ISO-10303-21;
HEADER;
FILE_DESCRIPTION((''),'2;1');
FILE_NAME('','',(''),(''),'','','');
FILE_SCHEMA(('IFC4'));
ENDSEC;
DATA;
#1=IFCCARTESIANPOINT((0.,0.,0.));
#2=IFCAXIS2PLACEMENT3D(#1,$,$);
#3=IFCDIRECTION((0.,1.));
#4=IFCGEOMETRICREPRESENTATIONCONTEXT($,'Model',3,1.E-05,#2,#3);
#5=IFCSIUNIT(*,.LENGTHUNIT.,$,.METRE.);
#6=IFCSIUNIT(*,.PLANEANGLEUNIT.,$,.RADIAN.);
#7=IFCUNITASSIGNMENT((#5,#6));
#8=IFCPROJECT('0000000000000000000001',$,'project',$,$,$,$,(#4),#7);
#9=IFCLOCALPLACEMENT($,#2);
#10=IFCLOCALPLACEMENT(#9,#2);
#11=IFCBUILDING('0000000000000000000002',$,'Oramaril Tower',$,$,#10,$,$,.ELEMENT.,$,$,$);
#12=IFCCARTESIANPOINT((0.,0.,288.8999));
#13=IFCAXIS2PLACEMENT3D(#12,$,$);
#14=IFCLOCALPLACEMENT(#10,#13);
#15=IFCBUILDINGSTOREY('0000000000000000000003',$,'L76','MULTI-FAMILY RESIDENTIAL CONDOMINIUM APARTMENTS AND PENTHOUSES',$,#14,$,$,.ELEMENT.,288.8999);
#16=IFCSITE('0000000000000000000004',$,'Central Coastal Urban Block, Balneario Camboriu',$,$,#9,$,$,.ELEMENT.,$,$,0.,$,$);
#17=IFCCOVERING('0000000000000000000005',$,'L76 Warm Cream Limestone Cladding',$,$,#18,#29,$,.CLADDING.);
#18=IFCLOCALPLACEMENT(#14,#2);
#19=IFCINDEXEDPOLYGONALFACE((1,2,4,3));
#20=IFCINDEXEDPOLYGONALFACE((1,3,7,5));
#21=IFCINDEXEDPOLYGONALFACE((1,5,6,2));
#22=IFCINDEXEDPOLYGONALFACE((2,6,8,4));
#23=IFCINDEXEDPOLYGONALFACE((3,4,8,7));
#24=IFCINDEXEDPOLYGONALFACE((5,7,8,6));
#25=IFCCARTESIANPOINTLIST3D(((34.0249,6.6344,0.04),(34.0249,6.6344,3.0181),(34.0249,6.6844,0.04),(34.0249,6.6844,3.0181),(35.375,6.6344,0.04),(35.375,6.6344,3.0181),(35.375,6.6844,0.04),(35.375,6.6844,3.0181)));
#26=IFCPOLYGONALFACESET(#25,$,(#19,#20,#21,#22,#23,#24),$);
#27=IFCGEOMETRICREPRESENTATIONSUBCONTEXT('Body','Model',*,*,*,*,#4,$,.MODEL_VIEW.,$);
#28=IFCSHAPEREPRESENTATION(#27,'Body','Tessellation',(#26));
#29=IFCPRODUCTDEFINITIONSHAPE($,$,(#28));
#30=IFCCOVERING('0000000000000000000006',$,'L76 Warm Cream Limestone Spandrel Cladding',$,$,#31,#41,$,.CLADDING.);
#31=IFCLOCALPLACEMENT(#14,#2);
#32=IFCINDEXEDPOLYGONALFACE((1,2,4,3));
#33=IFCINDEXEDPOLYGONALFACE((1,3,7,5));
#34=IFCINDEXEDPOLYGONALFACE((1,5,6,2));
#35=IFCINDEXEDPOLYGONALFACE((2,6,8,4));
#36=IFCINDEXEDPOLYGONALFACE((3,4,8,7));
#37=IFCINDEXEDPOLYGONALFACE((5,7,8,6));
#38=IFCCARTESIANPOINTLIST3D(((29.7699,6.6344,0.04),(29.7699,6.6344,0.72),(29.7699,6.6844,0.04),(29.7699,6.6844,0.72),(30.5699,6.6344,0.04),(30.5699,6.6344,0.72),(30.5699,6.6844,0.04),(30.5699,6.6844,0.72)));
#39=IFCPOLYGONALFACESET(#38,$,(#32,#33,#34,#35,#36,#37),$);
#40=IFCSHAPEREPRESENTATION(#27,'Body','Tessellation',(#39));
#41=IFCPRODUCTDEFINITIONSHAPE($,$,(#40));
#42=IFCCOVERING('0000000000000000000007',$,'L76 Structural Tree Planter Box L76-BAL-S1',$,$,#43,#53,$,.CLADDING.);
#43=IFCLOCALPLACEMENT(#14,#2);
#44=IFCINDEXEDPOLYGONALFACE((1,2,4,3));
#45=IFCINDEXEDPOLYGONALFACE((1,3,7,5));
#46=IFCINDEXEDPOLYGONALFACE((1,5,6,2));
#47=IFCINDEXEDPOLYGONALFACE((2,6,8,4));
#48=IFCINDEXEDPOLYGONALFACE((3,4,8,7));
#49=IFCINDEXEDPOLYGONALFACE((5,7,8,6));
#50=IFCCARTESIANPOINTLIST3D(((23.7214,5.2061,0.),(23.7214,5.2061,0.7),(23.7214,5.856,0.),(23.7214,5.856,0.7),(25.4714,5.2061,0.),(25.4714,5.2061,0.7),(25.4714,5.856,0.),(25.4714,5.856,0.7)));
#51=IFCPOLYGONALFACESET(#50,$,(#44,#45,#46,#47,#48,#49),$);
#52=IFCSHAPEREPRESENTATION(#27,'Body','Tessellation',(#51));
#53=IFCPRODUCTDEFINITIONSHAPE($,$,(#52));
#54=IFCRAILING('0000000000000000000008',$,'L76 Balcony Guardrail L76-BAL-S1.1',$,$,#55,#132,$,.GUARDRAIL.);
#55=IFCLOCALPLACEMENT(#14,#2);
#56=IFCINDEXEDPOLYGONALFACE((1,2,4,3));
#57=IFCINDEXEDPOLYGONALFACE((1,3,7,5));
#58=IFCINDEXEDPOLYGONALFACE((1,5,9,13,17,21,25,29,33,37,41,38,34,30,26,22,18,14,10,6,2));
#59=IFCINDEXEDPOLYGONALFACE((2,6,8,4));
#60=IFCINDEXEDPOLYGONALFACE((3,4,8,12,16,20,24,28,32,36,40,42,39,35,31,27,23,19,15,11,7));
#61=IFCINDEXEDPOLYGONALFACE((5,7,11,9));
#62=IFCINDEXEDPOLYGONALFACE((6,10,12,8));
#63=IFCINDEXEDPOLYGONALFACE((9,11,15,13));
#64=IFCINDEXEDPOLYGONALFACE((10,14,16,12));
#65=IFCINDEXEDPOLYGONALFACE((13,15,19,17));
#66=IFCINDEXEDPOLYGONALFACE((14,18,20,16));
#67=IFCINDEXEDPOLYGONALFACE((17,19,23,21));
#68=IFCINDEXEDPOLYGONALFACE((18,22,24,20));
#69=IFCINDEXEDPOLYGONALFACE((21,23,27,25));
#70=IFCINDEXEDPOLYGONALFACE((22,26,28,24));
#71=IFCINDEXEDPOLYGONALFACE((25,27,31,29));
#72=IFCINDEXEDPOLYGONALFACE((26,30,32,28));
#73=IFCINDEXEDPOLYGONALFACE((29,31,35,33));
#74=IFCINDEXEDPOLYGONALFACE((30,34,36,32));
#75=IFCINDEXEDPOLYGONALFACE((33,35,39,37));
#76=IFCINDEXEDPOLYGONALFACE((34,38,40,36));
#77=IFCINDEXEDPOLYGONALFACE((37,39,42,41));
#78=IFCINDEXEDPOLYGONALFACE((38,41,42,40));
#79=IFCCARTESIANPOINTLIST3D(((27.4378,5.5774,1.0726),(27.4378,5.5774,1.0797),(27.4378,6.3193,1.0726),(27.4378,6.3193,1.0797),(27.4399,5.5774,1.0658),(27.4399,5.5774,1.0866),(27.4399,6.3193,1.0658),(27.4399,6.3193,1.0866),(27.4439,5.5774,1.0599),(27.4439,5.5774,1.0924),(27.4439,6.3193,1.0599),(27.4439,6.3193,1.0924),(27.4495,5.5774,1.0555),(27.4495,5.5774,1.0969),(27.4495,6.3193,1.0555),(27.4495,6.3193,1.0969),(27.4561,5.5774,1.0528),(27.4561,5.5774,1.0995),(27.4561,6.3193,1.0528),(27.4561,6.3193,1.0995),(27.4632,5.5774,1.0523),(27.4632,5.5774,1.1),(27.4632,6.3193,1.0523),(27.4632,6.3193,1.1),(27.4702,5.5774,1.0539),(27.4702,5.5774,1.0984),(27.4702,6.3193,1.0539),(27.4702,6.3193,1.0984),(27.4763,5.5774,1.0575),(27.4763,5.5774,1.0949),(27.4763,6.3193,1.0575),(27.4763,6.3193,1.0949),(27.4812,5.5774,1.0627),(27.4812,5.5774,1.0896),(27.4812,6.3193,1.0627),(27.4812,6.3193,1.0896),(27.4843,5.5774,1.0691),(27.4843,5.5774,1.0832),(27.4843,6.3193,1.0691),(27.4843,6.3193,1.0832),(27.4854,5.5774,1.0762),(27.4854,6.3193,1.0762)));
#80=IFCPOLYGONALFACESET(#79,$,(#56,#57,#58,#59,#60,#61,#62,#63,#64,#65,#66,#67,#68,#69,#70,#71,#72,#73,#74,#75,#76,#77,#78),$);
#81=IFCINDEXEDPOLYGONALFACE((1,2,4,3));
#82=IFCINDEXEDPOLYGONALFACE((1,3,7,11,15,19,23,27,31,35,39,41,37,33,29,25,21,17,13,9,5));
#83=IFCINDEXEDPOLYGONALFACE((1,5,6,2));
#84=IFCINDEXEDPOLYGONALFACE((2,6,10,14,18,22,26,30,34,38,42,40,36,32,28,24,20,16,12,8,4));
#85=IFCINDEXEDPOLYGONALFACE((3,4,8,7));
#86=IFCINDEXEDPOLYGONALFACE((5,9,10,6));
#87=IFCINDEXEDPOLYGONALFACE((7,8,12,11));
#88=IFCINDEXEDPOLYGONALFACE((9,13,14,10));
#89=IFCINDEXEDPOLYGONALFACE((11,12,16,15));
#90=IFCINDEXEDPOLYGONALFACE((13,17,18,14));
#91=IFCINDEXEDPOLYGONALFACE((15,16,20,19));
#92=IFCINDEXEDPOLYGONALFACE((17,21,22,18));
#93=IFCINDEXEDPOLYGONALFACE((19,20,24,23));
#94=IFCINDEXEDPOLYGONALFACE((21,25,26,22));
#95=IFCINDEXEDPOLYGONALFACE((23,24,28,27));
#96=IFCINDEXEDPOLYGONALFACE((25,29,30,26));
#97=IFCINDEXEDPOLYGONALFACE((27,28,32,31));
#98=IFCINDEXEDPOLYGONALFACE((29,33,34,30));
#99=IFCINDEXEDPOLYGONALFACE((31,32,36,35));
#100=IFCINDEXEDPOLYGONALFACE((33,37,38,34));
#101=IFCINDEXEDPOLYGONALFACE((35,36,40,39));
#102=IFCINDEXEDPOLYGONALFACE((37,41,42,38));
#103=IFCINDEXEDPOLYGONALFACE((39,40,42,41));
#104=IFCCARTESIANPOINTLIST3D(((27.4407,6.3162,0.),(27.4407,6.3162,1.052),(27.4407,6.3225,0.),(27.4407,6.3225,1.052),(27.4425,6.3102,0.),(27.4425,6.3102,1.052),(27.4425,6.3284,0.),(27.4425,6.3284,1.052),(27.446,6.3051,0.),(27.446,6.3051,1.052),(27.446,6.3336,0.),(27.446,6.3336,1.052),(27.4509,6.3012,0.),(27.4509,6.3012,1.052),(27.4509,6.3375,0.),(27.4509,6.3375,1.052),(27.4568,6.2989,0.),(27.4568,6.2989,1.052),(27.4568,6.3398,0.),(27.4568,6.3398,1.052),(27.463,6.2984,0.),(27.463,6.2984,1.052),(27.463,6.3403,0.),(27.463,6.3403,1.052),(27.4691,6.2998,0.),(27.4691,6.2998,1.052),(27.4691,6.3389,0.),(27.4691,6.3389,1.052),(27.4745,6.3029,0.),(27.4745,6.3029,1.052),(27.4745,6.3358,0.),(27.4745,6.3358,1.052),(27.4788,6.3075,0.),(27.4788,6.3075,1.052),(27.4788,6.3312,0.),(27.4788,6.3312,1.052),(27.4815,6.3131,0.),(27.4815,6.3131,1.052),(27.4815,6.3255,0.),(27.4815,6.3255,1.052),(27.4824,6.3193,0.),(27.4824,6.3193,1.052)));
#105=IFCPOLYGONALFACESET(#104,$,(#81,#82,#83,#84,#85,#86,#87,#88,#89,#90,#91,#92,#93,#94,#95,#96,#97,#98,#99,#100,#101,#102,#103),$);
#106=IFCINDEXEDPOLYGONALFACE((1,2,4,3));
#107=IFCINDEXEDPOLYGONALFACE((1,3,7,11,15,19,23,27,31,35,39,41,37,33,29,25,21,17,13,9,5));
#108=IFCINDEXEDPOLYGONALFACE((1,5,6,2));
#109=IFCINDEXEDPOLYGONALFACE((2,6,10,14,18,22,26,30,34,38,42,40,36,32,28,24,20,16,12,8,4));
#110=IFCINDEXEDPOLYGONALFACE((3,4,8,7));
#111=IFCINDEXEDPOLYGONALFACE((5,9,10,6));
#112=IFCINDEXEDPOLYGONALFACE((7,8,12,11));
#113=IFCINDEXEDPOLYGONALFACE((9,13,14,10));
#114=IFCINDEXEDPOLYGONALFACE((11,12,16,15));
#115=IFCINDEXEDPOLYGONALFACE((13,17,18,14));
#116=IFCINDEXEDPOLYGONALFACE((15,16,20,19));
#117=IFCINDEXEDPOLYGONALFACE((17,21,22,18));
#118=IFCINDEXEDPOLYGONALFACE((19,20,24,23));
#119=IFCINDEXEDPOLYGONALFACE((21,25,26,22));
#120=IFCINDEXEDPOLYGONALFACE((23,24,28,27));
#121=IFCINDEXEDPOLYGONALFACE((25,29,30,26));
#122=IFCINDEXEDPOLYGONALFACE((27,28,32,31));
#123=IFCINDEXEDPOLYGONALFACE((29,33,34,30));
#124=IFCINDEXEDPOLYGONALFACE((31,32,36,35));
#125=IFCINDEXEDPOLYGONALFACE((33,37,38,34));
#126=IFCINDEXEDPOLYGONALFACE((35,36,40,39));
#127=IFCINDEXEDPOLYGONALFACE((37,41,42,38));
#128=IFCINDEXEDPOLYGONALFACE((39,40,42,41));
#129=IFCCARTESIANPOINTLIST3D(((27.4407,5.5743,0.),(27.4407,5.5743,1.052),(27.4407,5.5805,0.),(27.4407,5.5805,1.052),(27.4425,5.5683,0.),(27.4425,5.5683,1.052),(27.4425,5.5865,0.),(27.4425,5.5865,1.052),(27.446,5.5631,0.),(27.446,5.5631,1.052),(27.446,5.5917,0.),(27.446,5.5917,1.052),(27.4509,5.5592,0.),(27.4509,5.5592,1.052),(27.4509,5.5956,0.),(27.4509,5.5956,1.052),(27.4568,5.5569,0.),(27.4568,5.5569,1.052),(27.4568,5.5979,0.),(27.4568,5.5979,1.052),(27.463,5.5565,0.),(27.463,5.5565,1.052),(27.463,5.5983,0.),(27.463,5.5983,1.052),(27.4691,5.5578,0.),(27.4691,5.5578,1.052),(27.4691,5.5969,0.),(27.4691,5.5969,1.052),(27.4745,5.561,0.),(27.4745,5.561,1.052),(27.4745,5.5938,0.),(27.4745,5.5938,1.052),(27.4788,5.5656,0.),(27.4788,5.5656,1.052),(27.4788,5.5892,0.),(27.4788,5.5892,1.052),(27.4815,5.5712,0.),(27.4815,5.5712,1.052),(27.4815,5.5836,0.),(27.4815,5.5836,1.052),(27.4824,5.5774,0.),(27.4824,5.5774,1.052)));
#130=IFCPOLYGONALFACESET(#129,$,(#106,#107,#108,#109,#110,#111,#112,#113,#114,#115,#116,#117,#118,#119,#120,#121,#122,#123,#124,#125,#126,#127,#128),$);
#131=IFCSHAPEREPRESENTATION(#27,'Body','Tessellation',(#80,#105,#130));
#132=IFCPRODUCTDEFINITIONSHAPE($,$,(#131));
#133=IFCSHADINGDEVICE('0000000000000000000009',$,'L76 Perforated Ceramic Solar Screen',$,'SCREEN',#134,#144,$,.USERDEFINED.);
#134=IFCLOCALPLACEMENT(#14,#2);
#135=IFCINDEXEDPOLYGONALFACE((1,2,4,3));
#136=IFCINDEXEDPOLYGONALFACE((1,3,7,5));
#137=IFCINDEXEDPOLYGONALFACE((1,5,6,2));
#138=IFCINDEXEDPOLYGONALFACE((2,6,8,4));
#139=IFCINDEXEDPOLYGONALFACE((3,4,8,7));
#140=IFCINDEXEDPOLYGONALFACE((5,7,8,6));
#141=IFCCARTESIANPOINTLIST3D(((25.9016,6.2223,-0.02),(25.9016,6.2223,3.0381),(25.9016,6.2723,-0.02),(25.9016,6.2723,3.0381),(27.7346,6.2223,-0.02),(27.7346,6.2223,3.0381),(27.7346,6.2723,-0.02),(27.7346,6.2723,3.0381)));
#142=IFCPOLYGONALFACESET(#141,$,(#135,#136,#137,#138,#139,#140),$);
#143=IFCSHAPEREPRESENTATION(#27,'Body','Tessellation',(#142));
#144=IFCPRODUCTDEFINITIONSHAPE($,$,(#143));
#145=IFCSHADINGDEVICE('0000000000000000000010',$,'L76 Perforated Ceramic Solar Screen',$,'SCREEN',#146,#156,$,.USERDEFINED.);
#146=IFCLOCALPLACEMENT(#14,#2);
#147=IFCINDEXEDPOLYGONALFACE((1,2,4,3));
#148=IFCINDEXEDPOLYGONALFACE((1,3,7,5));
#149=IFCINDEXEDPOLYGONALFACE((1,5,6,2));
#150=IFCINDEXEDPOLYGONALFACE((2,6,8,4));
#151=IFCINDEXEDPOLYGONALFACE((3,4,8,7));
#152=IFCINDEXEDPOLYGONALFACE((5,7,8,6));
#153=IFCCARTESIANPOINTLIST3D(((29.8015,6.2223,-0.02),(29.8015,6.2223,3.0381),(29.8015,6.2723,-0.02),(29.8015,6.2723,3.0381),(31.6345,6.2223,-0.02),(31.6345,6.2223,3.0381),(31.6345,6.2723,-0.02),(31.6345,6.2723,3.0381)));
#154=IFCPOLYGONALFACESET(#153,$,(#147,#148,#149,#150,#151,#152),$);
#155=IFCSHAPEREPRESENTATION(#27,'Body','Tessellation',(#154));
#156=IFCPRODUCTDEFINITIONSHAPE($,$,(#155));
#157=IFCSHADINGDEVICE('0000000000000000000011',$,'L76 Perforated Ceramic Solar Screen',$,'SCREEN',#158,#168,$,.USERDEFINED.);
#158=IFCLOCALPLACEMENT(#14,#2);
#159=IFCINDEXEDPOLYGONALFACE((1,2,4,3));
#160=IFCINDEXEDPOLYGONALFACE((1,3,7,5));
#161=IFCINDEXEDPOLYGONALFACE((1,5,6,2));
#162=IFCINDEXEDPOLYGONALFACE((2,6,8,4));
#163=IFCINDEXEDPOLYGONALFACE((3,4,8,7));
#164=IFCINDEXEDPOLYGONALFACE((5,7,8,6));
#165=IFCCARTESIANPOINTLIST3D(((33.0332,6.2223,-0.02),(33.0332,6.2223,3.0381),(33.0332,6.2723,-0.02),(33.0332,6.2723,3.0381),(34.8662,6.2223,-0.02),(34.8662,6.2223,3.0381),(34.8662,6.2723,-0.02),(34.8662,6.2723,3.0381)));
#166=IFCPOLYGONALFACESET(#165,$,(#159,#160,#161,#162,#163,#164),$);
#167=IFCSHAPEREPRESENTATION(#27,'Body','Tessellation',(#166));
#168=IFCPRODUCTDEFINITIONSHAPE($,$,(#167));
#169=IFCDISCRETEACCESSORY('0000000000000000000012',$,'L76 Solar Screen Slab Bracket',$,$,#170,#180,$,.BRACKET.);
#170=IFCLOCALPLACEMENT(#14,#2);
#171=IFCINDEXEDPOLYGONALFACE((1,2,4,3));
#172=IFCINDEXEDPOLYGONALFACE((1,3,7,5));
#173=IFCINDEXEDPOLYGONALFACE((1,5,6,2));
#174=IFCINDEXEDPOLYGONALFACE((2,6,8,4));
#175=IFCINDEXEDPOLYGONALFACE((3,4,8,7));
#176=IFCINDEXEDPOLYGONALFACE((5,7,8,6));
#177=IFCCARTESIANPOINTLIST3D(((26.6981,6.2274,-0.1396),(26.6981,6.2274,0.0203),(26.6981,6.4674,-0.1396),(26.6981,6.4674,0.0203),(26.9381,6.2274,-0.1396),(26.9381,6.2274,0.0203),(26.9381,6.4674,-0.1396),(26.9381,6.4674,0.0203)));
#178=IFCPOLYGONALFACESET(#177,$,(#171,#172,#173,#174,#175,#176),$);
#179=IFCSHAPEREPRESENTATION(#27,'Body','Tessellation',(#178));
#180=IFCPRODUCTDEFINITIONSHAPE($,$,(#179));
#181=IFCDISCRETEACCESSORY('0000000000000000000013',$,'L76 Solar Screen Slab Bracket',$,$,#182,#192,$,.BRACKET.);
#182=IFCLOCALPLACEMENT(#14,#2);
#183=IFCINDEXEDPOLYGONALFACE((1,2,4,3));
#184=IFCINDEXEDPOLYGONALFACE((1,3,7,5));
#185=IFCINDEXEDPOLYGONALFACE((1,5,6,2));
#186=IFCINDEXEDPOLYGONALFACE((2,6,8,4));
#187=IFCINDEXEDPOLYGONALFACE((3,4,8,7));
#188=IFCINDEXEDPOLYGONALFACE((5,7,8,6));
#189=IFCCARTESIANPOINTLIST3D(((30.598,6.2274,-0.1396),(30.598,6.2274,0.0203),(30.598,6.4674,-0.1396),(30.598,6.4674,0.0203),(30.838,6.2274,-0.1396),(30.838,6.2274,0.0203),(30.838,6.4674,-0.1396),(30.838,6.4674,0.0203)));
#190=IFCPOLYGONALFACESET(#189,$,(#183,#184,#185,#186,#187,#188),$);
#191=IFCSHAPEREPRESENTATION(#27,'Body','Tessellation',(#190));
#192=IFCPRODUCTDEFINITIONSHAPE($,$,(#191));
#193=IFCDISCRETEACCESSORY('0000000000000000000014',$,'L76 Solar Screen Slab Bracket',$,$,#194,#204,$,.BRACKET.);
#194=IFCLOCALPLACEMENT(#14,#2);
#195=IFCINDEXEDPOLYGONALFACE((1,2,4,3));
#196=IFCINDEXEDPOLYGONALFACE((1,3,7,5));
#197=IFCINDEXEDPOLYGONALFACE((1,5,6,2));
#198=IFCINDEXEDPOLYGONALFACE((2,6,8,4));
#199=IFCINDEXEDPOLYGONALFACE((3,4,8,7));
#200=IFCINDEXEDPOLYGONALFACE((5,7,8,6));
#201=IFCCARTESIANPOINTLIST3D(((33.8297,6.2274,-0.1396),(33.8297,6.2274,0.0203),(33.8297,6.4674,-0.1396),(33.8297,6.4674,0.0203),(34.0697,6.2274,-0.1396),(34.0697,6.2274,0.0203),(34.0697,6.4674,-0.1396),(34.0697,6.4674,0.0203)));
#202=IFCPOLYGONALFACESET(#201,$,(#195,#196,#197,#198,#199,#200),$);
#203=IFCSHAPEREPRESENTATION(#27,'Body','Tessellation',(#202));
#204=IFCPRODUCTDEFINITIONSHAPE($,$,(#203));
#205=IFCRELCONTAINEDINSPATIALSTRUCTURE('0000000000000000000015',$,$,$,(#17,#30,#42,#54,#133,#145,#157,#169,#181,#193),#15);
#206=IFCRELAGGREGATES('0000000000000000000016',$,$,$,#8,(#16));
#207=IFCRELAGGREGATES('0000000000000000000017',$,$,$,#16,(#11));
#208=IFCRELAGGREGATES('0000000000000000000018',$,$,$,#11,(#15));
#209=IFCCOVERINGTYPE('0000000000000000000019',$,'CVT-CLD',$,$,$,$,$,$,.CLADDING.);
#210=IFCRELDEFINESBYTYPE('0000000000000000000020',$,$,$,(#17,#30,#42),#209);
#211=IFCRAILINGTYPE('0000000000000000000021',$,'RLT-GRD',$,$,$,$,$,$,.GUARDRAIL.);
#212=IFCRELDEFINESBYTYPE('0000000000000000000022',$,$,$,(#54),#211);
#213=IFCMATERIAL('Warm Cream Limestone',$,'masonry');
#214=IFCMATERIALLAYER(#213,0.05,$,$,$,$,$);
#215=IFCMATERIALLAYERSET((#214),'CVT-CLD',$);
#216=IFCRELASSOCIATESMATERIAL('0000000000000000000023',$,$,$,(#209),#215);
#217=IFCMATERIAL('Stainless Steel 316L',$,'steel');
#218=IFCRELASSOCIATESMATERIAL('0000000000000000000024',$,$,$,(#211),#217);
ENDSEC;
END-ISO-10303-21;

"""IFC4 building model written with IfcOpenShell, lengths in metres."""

from ifc_helpers import new_model, si_unit, direction, frame, origin, origin_2d, place, context, subcontext, project, spatial, rectangle, circle, extrude, material, layer, layer_set, type_object, element, save


model = new_model("IFC4")

# Units and contexts
model_context = context("Model", 3, precision=1e-05, world=origin(), true_north=direction((0.0, 1.0)))
body_context = subcontext(model_context, "Body", "Model", "MODEL_VIEW")
ifc_project = project(units=[si_unit("LENGTHUNIT", "METRE"), si_unit("PLANEANGLEUNIT", "RADIAN")], contexts=[model_context])

# Site, building, storey
site_placement = place(None, origin())
site = spatial("IfcSite", under=ifc_project, at=site_placement, Name="Central Coastal Urban Block, Balneario Camboriu", CompositionType="ELEMENT", RefElevation=0.0)
building_placement = place(site_placement, origin())
building = spatial("IfcBuilding", under=site, at=building_placement, Name="Oramaril Tower", CompositionType="ELEMENT")
storey_placement = place(building_placement, frame((0.0, 0.0, 288.8999)))
storey = spatial("IfcBuildingStorey", under=building, at=storey_placement, Name="L76", Description="MULTI-FAMILY RESIDENTIAL CONDOMINIUM APARTMENTS AND PENTHOUSES", CompositionType="ELEMENT", Elevation=288.8999)

# Coverings
ifc_material_1 = material(Name="Warm Cream Limestone", Category="masonry")
ifc_layer_1 = layer(ifc_material_1, 0.05)
ifc_layer_set_1 = layer_set([ifc_layer_1], Name="CVT-CLD")
covering_type = type_object("IfcCoveringType", Name="CVT-CLD", PredefinedType="CLADDING", material=ifc_layer_set_1)
covering_1_placement = place(storey_placement, frame((34.7, 6.6594, 0.04), z_axis=(0.0, 0.0, 1.0), x_axis=(1.0, 0.0, 0.0)))
element("IfcCovering", 1, at=covering_1_placement, inside=storey, type_object=covering_type, Name="L76 Warm Cream Limestone Cladding", PredefinedType="CLADDING", context=body_context, shape_type="SweptSolid", body=[
    extrude(rectangle(XDim=1.3501, YDim=0.05, at=origin_2d()), origin(), (0.0, 0.0, 1.0), 2.978),
])
covering_2_placement = place(storey_placement, frame((30.1699, 6.6594, 0.04), z_axis=(0.0, 0.0, 1.0), x_axis=(1.0, 0.0, 0.0)))
element("IfcCovering", 2, at=covering_2_placement, inside=storey, type_object=covering_type, Name="L76 Warm Cream Limestone Spandrel Cladding", PredefinedType="CLADDING", context=body_context, shape_type="SweptSolid", body=[
    extrude(rectangle(XDim=0.8, YDim=0.05, at=origin_2d()), origin(), (0.0, 0.0, 1.0), 0.6799),
])
covering_3_placement = place(storey_placement, frame((24.5964, 5.531, 0.0), z_axis=(0.0, 0.0, 1.0), x_axis=(1.0, 0.0, 0.0)))
element("IfcCovering", 3, at=covering_3_placement, inside=storey, type_object=covering_type, Name="L76 Structural Tree Planter Box L76-BAL-S1", PredefinedType="CLADDING", context=body_context, shape_type="SweptSolid", body=[
    extrude(rectangle(XDim=1.75, YDim=0.6499, at=origin_2d()), origin(), (0.0, 0.0, 1.0), 0.7),
])

# Railing
ifc_material_2 = material(Name="Stainless Steel 316L", Category="steel")
railing_type = type_object("IfcRailingType", Name="RLT-GRD", PredefinedType="GUARDRAIL", material=ifc_material_2)
railing_1_placement = place(storey_placement, frame((27.4614, 6.3193, 0.0)))
element("IfcRailing", 4, at=railing_1_placement, inside=storey, type_object=railing_type, Name="L76 Balcony Guardrail L76-BAL-S1.1", PredefinedType="GUARDRAIL", context=body_context, shape_type="SweptSolid", body=[
    extrude(circle(Radius=0.0239, at=origin_2d()), frame((0.0, 0.0, 1.0762), z_axis=(0.0, -1.0, 0.0), x_axis=(1.0, 0.0, 0.0)), (0.0, 0.0, 1.0), 0.7419),
    extrude(circle(Radius=0.021, at=origin_2d()), origin(), (0.0, 0.0, 1.0), 1.052),
    extrude(circle(Radius=0.021, at=origin_2d()), frame((0.0, -0.7419, 0.0)), (0.0, 0.0, 1.0), 1.052),
])

# Shading devices
for number, where, z_axis, x_axis, name in (
    (5, (26.8181, 6.2473, -0.02), (0.0, 0.0, 1.0), (1.0, 0.0, 0.0), "L76 Perforated Ceramic Solar Screen"),
    (6, (30.718, 6.2473, -0.02), (0.0, 0.0, 1.0), (1.0, 0.0, 0.0), "L76 Perforated Ceramic Solar Screen"),
    (7, (33.9497, 6.2473, -0.02), (0.0, 0.0, 1.0), (1.0, 0.0, 0.0), "L76 Perforated Ceramic Solar Screen"),
):
    element("IfcShadingDevice", number, at=place(storey_placement, frame(where, z_axis=z_axis, x_axis=x_axis)), inside=storey, Name=name, ObjectType="SCREEN", PredefinedType="USERDEFINED", context=body_context, shape_type="SweptSolid", body=[
        extrude(rectangle(XDim=1.833, YDim=0.05, at=origin_2d()), origin(), (0.0, 0.0, 1.0), 3.0581),
    ])

# Discrete accessories
for number, where, z_axis, x_axis, name in (
    (8, (26.8181, 6.3474, -0.1396), (0.0, 0.0, 1.0), (1.0, 0.0, 0.0), "L76 Solar Screen Slab Bracket"),
    (9, (30.718, 6.3474, -0.1396), (0.0, 0.0, 1.0), (1.0, 0.0, 0.0), "L76 Solar Screen Slab Bracket"),
    (10, (33.9497, 6.3474, -0.1396), (0.0, 0.0, 1.0), (1.0, 0.0, 0.0), "L76 Solar Screen Slab Bracket"),
):
    element("IfcDiscreteAccessory", number, at=place(storey_placement, frame(where, z_axis=z_axis, x_axis=x_axis)), inside=storey, Name=name, PredefinedType="BRACKET", context=body_context, shape_type="SweptSolid", body=[
        extrude(rectangle(XDim=0.24, YDim=0.24, at=origin_2d()), origin(), (0.0, 0.0, 1.0), 0.1599),
    ])

save(model, "model.ifc")
